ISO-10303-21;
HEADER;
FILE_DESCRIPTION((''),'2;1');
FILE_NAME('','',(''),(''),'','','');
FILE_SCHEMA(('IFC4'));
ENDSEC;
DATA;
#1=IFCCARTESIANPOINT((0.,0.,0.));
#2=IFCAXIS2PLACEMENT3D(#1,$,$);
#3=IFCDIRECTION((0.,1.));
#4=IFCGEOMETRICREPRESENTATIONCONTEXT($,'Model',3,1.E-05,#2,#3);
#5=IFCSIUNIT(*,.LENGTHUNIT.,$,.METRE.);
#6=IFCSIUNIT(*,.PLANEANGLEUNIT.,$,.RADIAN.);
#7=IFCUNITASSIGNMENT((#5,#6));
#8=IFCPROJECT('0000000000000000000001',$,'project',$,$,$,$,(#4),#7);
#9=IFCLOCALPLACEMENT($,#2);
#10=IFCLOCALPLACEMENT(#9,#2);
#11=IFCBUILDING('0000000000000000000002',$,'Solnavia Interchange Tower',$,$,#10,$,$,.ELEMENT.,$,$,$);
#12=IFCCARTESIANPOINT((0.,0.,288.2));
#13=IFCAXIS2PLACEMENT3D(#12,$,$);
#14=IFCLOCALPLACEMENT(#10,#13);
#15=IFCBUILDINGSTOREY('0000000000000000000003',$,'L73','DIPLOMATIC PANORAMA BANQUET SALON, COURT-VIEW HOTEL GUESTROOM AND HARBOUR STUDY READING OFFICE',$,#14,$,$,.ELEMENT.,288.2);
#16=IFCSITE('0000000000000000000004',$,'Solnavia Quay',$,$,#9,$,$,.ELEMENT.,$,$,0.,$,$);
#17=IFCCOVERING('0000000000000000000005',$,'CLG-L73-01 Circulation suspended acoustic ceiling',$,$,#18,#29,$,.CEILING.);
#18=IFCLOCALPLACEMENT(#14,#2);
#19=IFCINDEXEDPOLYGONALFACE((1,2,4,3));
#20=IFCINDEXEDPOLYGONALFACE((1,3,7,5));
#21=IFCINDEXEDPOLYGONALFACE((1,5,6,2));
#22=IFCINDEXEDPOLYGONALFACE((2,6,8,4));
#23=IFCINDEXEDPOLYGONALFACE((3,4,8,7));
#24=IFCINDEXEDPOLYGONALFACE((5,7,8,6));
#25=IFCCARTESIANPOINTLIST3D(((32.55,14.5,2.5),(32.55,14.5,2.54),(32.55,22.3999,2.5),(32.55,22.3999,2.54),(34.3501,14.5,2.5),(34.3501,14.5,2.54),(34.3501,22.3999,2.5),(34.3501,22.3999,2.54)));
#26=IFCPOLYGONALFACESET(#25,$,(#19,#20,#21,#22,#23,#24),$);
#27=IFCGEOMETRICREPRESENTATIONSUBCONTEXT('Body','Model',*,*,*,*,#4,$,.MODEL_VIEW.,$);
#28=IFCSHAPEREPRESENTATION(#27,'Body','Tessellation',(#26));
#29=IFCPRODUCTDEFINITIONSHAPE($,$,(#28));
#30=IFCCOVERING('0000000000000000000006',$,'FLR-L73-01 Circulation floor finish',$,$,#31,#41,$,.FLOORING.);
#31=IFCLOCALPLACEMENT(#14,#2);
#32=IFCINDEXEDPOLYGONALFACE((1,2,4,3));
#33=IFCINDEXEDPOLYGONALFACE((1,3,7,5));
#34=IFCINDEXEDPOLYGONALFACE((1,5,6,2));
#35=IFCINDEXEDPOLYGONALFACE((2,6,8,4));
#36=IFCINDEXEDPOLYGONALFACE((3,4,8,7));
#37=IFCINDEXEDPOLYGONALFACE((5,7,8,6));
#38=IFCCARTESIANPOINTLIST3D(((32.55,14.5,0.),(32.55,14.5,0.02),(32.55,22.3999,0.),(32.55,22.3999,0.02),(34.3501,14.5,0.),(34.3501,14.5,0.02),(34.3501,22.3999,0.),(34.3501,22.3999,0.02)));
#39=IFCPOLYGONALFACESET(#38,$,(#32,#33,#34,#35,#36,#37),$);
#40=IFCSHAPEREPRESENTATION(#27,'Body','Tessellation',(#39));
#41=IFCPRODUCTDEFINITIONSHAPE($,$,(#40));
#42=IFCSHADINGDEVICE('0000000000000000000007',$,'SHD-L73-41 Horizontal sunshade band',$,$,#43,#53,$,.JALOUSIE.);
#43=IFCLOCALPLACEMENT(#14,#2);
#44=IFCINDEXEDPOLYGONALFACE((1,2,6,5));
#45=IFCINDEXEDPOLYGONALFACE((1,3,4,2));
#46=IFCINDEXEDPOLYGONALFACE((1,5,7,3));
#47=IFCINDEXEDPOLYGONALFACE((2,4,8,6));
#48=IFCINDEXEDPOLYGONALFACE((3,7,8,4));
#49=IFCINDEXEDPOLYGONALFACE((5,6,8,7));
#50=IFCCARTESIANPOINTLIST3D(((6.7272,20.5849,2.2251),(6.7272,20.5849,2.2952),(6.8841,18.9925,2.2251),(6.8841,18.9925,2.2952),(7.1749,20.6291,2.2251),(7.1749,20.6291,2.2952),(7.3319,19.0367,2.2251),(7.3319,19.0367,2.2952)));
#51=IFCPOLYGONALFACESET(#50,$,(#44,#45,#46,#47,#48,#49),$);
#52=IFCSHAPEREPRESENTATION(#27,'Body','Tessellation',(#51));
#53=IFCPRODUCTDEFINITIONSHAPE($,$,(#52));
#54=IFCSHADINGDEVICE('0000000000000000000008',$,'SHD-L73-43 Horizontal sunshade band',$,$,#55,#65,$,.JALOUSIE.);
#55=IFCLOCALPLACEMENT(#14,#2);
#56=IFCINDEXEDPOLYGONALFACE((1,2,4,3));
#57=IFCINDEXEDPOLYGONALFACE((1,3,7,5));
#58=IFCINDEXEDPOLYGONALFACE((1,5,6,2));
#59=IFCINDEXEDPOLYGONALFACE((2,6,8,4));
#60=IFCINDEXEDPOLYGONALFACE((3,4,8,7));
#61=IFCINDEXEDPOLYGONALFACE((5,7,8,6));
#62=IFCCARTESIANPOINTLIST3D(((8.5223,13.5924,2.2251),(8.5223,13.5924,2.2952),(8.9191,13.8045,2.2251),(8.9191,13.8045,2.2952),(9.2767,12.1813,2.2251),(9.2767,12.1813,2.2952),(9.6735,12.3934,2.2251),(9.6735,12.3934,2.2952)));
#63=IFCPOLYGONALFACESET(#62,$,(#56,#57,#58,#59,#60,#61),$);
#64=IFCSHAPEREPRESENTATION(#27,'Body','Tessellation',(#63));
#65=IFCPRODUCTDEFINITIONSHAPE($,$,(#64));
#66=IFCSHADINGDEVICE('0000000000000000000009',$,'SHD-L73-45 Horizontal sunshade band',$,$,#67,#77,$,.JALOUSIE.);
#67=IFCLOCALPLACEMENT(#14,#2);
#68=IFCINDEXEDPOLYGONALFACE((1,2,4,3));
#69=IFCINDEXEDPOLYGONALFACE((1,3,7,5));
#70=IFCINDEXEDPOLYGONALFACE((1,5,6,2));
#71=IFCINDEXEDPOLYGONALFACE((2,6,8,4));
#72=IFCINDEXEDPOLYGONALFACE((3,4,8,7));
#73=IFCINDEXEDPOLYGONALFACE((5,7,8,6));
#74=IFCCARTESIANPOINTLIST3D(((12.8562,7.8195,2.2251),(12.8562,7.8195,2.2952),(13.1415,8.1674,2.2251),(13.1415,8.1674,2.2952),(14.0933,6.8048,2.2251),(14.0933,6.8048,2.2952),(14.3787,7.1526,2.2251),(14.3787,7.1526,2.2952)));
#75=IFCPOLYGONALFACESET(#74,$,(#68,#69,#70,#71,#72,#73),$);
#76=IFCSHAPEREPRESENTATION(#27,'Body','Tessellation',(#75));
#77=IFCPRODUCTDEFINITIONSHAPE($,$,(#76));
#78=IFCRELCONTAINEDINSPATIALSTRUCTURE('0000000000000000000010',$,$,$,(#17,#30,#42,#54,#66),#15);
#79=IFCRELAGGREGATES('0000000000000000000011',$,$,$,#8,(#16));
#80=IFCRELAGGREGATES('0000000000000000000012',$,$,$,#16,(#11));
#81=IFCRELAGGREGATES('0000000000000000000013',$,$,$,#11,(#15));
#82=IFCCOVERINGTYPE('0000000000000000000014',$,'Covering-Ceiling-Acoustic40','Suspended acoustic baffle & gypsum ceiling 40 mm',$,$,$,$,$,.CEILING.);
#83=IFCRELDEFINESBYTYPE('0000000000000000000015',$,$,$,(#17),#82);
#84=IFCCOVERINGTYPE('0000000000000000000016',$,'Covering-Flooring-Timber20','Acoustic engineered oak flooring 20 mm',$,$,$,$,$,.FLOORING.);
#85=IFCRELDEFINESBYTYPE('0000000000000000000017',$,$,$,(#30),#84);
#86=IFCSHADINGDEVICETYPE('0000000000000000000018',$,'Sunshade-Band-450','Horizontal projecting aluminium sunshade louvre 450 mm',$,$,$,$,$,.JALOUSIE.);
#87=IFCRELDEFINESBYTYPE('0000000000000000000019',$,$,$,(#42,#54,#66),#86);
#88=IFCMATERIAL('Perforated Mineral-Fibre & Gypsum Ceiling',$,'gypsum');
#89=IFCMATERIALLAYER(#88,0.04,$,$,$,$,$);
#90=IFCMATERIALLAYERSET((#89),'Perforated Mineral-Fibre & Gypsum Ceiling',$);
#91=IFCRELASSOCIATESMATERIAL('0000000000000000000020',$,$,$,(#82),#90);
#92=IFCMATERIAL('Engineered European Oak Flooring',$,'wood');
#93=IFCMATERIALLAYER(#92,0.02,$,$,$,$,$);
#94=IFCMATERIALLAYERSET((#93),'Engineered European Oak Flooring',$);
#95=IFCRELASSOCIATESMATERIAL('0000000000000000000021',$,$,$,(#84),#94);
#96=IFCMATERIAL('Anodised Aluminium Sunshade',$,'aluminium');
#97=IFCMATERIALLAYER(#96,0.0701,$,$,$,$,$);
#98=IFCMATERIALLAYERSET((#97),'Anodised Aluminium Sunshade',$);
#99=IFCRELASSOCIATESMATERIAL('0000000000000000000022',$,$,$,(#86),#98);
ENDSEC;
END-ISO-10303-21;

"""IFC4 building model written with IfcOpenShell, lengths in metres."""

from ifc_helpers import new_model, si_unit, direction, frame, origin, origin_2d, place, context, subcontext, project, spatial, polyline, rectangle, outline, extrude, material, layer, layer_set, type_object, element, save


model = new_model("IFC4")

# Units and contexts
model_context = context("Model", 3, precision=1e-05, world=origin(), true_north=direction((0.0, 1.0)))
body_context = subcontext(model_context, "Body", "Model", "MODEL_VIEW")
ifc_project = project(units=[si_unit("LENGTHUNIT", "METRE"), si_unit("PLANEANGLEUNIT", "RADIAN")], contexts=[model_context])

# Site, building, storey
site_placement = place(None, origin())
site = spatial("IfcSite", under=ifc_project, at=site_placement, Name="Solnavia Quay", CompositionType="ELEMENT", RefElevation=0.0)
building_placement = place(site_placement, origin())
building = spatial("IfcBuilding", under=site, at=building_placement, Name="Solnavia Interchange Tower", CompositionType="ELEMENT")
storey_placement = place(building_placement, frame((0.0, 0.0, 288.2)))
storey = spatial("IfcBuildingStorey", under=building, at=storey_placement, Name="L73", Description="DIPLOMATIC PANORAMA BANQUET SALON, COURT-VIEW HOTEL GUESTROOM AND HARBOUR STUDY READING OFFICE", CompositionType="ELEMENT", Elevation=288.2)

# Coverings
ifc_material_1 = material(Name="Perforated Mineral-Fibre & Gypsum Ceiling", Category="gypsum")
ifc_layer_1 = layer(ifc_material_1, 0.04)
ifc_layer_set_1 = layer_set([ifc_layer_1], Name="Perforated Mineral-Fibre & Gypsum Ceiling")
covering_type_1 = type_object("IfcCoveringType", Name="Covering-Ceiling-Acoustic40", Description="Suspended acoustic baffle & gypsum ceiling 40 mm", PredefinedType="CEILING", material=ifc_layer_set_1)
covering_1_placement = place(storey_placement, frame((0.0, 0.0, 2.5)))
element("IfcCovering", 1, at=covering_1_placement, inside=storey, type_object=covering_type_1, Name="CLG-L73-01 Circulation suspended acoustic ceiling", PredefinedType="CEILING", context=body_context, shape_type="SweptSolid", body=[
    extrude(outline(polyline([(32.55, 14.5), (34.3501, 14.5), (34.3501, 22.3999), (32.55, 22.3999), (32.55, 14.5)])), origin(), (0.0, 0.0, 1.0), 0.04),
])
ifc_material_2 = material(Name="Engineered European Oak Flooring", Category="wood")
ifc_layer_2 = layer(ifc_material_2, 0.02)
ifc_layer_set_2 = layer_set([ifc_layer_2], Name="Engineered European Oak Flooring")
covering_type_2 = type_object("IfcCoveringType", Name="Covering-Flooring-Timber20", Description="Acoustic engineered oak flooring 20 mm", PredefinedType="FLOORING", material=ifc_layer_set_2)
covering_2_placement = place(storey_placement, origin())
element("IfcCovering", 2, at=covering_2_placement, inside=storey, type_object=covering_type_2, Name="FLR-L73-01 Circulation floor finish", PredefinedType="FLOORING", context=body_context, shape_type="SweptSolid", body=[
    extrude(outline(polyline([(32.55, 14.5), (34.3501, 14.5), (34.3501, 22.3999), (32.55, 22.3999), (32.55, 14.5)])), origin(), (0.0, 0.0, 1.0), 0.02),
])

# Shading devices
ifc_material_3 = material(Name="Anodised Aluminium Sunshade", Category="aluminium")
ifc_layer_3 = layer(ifc_material_3, 0.0701)
ifc_layer_set_3 = layer_set([ifc_layer_3], Name="Anodised Aluminium Sunshade")
shading_device_type = type_object("IfcShadingDeviceType", Name="Sunshade-Band-450", Description="Horizontal projecting aluminium sunshade louvre 450 mm", PredefinedType="JALOUSIE", material=ifc_layer_set_3)
for number, where, z_axis, x_axis, name in (
    (3, (7.0295, 19.8108, 2.2251), (0.0, 0.0, 1.0), (-0.098104, 0.995176, 0.0), "SHD-L73-41 Horizontal sunshade band"),
    (4, (9.0979, 12.9929, 2.2251), (0.0, 0.0, 1.0), (-0.471474, 0.88188, 0.0), "SHD-L73-43 Horizontal sunshade band"),
    (5, (13.6174, 7.4861, 2.2251), (0.0, 0.0, 1.0), (-0.773177, 0.634191, 0.0), "SHD-L73-45 Horizontal sunshade band"),
):
    element("IfcShadingDevice", number, at=place(storey_placement, frame(where, z_axis=z_axis, x_axis=x_axis)), inside=storey, type_object=shading_device_type, Name=name, PredefinedType="JALOUSIE", context=body_context, shape_type="SweptSolid", body=[
        extrude(rectangle(XDim=1.6001, YDim=0.45, at=origin_2d()), origin(), (0.0, 0.0, 1.0), 0.0701),
    ])

save(model, "model.ifc")
